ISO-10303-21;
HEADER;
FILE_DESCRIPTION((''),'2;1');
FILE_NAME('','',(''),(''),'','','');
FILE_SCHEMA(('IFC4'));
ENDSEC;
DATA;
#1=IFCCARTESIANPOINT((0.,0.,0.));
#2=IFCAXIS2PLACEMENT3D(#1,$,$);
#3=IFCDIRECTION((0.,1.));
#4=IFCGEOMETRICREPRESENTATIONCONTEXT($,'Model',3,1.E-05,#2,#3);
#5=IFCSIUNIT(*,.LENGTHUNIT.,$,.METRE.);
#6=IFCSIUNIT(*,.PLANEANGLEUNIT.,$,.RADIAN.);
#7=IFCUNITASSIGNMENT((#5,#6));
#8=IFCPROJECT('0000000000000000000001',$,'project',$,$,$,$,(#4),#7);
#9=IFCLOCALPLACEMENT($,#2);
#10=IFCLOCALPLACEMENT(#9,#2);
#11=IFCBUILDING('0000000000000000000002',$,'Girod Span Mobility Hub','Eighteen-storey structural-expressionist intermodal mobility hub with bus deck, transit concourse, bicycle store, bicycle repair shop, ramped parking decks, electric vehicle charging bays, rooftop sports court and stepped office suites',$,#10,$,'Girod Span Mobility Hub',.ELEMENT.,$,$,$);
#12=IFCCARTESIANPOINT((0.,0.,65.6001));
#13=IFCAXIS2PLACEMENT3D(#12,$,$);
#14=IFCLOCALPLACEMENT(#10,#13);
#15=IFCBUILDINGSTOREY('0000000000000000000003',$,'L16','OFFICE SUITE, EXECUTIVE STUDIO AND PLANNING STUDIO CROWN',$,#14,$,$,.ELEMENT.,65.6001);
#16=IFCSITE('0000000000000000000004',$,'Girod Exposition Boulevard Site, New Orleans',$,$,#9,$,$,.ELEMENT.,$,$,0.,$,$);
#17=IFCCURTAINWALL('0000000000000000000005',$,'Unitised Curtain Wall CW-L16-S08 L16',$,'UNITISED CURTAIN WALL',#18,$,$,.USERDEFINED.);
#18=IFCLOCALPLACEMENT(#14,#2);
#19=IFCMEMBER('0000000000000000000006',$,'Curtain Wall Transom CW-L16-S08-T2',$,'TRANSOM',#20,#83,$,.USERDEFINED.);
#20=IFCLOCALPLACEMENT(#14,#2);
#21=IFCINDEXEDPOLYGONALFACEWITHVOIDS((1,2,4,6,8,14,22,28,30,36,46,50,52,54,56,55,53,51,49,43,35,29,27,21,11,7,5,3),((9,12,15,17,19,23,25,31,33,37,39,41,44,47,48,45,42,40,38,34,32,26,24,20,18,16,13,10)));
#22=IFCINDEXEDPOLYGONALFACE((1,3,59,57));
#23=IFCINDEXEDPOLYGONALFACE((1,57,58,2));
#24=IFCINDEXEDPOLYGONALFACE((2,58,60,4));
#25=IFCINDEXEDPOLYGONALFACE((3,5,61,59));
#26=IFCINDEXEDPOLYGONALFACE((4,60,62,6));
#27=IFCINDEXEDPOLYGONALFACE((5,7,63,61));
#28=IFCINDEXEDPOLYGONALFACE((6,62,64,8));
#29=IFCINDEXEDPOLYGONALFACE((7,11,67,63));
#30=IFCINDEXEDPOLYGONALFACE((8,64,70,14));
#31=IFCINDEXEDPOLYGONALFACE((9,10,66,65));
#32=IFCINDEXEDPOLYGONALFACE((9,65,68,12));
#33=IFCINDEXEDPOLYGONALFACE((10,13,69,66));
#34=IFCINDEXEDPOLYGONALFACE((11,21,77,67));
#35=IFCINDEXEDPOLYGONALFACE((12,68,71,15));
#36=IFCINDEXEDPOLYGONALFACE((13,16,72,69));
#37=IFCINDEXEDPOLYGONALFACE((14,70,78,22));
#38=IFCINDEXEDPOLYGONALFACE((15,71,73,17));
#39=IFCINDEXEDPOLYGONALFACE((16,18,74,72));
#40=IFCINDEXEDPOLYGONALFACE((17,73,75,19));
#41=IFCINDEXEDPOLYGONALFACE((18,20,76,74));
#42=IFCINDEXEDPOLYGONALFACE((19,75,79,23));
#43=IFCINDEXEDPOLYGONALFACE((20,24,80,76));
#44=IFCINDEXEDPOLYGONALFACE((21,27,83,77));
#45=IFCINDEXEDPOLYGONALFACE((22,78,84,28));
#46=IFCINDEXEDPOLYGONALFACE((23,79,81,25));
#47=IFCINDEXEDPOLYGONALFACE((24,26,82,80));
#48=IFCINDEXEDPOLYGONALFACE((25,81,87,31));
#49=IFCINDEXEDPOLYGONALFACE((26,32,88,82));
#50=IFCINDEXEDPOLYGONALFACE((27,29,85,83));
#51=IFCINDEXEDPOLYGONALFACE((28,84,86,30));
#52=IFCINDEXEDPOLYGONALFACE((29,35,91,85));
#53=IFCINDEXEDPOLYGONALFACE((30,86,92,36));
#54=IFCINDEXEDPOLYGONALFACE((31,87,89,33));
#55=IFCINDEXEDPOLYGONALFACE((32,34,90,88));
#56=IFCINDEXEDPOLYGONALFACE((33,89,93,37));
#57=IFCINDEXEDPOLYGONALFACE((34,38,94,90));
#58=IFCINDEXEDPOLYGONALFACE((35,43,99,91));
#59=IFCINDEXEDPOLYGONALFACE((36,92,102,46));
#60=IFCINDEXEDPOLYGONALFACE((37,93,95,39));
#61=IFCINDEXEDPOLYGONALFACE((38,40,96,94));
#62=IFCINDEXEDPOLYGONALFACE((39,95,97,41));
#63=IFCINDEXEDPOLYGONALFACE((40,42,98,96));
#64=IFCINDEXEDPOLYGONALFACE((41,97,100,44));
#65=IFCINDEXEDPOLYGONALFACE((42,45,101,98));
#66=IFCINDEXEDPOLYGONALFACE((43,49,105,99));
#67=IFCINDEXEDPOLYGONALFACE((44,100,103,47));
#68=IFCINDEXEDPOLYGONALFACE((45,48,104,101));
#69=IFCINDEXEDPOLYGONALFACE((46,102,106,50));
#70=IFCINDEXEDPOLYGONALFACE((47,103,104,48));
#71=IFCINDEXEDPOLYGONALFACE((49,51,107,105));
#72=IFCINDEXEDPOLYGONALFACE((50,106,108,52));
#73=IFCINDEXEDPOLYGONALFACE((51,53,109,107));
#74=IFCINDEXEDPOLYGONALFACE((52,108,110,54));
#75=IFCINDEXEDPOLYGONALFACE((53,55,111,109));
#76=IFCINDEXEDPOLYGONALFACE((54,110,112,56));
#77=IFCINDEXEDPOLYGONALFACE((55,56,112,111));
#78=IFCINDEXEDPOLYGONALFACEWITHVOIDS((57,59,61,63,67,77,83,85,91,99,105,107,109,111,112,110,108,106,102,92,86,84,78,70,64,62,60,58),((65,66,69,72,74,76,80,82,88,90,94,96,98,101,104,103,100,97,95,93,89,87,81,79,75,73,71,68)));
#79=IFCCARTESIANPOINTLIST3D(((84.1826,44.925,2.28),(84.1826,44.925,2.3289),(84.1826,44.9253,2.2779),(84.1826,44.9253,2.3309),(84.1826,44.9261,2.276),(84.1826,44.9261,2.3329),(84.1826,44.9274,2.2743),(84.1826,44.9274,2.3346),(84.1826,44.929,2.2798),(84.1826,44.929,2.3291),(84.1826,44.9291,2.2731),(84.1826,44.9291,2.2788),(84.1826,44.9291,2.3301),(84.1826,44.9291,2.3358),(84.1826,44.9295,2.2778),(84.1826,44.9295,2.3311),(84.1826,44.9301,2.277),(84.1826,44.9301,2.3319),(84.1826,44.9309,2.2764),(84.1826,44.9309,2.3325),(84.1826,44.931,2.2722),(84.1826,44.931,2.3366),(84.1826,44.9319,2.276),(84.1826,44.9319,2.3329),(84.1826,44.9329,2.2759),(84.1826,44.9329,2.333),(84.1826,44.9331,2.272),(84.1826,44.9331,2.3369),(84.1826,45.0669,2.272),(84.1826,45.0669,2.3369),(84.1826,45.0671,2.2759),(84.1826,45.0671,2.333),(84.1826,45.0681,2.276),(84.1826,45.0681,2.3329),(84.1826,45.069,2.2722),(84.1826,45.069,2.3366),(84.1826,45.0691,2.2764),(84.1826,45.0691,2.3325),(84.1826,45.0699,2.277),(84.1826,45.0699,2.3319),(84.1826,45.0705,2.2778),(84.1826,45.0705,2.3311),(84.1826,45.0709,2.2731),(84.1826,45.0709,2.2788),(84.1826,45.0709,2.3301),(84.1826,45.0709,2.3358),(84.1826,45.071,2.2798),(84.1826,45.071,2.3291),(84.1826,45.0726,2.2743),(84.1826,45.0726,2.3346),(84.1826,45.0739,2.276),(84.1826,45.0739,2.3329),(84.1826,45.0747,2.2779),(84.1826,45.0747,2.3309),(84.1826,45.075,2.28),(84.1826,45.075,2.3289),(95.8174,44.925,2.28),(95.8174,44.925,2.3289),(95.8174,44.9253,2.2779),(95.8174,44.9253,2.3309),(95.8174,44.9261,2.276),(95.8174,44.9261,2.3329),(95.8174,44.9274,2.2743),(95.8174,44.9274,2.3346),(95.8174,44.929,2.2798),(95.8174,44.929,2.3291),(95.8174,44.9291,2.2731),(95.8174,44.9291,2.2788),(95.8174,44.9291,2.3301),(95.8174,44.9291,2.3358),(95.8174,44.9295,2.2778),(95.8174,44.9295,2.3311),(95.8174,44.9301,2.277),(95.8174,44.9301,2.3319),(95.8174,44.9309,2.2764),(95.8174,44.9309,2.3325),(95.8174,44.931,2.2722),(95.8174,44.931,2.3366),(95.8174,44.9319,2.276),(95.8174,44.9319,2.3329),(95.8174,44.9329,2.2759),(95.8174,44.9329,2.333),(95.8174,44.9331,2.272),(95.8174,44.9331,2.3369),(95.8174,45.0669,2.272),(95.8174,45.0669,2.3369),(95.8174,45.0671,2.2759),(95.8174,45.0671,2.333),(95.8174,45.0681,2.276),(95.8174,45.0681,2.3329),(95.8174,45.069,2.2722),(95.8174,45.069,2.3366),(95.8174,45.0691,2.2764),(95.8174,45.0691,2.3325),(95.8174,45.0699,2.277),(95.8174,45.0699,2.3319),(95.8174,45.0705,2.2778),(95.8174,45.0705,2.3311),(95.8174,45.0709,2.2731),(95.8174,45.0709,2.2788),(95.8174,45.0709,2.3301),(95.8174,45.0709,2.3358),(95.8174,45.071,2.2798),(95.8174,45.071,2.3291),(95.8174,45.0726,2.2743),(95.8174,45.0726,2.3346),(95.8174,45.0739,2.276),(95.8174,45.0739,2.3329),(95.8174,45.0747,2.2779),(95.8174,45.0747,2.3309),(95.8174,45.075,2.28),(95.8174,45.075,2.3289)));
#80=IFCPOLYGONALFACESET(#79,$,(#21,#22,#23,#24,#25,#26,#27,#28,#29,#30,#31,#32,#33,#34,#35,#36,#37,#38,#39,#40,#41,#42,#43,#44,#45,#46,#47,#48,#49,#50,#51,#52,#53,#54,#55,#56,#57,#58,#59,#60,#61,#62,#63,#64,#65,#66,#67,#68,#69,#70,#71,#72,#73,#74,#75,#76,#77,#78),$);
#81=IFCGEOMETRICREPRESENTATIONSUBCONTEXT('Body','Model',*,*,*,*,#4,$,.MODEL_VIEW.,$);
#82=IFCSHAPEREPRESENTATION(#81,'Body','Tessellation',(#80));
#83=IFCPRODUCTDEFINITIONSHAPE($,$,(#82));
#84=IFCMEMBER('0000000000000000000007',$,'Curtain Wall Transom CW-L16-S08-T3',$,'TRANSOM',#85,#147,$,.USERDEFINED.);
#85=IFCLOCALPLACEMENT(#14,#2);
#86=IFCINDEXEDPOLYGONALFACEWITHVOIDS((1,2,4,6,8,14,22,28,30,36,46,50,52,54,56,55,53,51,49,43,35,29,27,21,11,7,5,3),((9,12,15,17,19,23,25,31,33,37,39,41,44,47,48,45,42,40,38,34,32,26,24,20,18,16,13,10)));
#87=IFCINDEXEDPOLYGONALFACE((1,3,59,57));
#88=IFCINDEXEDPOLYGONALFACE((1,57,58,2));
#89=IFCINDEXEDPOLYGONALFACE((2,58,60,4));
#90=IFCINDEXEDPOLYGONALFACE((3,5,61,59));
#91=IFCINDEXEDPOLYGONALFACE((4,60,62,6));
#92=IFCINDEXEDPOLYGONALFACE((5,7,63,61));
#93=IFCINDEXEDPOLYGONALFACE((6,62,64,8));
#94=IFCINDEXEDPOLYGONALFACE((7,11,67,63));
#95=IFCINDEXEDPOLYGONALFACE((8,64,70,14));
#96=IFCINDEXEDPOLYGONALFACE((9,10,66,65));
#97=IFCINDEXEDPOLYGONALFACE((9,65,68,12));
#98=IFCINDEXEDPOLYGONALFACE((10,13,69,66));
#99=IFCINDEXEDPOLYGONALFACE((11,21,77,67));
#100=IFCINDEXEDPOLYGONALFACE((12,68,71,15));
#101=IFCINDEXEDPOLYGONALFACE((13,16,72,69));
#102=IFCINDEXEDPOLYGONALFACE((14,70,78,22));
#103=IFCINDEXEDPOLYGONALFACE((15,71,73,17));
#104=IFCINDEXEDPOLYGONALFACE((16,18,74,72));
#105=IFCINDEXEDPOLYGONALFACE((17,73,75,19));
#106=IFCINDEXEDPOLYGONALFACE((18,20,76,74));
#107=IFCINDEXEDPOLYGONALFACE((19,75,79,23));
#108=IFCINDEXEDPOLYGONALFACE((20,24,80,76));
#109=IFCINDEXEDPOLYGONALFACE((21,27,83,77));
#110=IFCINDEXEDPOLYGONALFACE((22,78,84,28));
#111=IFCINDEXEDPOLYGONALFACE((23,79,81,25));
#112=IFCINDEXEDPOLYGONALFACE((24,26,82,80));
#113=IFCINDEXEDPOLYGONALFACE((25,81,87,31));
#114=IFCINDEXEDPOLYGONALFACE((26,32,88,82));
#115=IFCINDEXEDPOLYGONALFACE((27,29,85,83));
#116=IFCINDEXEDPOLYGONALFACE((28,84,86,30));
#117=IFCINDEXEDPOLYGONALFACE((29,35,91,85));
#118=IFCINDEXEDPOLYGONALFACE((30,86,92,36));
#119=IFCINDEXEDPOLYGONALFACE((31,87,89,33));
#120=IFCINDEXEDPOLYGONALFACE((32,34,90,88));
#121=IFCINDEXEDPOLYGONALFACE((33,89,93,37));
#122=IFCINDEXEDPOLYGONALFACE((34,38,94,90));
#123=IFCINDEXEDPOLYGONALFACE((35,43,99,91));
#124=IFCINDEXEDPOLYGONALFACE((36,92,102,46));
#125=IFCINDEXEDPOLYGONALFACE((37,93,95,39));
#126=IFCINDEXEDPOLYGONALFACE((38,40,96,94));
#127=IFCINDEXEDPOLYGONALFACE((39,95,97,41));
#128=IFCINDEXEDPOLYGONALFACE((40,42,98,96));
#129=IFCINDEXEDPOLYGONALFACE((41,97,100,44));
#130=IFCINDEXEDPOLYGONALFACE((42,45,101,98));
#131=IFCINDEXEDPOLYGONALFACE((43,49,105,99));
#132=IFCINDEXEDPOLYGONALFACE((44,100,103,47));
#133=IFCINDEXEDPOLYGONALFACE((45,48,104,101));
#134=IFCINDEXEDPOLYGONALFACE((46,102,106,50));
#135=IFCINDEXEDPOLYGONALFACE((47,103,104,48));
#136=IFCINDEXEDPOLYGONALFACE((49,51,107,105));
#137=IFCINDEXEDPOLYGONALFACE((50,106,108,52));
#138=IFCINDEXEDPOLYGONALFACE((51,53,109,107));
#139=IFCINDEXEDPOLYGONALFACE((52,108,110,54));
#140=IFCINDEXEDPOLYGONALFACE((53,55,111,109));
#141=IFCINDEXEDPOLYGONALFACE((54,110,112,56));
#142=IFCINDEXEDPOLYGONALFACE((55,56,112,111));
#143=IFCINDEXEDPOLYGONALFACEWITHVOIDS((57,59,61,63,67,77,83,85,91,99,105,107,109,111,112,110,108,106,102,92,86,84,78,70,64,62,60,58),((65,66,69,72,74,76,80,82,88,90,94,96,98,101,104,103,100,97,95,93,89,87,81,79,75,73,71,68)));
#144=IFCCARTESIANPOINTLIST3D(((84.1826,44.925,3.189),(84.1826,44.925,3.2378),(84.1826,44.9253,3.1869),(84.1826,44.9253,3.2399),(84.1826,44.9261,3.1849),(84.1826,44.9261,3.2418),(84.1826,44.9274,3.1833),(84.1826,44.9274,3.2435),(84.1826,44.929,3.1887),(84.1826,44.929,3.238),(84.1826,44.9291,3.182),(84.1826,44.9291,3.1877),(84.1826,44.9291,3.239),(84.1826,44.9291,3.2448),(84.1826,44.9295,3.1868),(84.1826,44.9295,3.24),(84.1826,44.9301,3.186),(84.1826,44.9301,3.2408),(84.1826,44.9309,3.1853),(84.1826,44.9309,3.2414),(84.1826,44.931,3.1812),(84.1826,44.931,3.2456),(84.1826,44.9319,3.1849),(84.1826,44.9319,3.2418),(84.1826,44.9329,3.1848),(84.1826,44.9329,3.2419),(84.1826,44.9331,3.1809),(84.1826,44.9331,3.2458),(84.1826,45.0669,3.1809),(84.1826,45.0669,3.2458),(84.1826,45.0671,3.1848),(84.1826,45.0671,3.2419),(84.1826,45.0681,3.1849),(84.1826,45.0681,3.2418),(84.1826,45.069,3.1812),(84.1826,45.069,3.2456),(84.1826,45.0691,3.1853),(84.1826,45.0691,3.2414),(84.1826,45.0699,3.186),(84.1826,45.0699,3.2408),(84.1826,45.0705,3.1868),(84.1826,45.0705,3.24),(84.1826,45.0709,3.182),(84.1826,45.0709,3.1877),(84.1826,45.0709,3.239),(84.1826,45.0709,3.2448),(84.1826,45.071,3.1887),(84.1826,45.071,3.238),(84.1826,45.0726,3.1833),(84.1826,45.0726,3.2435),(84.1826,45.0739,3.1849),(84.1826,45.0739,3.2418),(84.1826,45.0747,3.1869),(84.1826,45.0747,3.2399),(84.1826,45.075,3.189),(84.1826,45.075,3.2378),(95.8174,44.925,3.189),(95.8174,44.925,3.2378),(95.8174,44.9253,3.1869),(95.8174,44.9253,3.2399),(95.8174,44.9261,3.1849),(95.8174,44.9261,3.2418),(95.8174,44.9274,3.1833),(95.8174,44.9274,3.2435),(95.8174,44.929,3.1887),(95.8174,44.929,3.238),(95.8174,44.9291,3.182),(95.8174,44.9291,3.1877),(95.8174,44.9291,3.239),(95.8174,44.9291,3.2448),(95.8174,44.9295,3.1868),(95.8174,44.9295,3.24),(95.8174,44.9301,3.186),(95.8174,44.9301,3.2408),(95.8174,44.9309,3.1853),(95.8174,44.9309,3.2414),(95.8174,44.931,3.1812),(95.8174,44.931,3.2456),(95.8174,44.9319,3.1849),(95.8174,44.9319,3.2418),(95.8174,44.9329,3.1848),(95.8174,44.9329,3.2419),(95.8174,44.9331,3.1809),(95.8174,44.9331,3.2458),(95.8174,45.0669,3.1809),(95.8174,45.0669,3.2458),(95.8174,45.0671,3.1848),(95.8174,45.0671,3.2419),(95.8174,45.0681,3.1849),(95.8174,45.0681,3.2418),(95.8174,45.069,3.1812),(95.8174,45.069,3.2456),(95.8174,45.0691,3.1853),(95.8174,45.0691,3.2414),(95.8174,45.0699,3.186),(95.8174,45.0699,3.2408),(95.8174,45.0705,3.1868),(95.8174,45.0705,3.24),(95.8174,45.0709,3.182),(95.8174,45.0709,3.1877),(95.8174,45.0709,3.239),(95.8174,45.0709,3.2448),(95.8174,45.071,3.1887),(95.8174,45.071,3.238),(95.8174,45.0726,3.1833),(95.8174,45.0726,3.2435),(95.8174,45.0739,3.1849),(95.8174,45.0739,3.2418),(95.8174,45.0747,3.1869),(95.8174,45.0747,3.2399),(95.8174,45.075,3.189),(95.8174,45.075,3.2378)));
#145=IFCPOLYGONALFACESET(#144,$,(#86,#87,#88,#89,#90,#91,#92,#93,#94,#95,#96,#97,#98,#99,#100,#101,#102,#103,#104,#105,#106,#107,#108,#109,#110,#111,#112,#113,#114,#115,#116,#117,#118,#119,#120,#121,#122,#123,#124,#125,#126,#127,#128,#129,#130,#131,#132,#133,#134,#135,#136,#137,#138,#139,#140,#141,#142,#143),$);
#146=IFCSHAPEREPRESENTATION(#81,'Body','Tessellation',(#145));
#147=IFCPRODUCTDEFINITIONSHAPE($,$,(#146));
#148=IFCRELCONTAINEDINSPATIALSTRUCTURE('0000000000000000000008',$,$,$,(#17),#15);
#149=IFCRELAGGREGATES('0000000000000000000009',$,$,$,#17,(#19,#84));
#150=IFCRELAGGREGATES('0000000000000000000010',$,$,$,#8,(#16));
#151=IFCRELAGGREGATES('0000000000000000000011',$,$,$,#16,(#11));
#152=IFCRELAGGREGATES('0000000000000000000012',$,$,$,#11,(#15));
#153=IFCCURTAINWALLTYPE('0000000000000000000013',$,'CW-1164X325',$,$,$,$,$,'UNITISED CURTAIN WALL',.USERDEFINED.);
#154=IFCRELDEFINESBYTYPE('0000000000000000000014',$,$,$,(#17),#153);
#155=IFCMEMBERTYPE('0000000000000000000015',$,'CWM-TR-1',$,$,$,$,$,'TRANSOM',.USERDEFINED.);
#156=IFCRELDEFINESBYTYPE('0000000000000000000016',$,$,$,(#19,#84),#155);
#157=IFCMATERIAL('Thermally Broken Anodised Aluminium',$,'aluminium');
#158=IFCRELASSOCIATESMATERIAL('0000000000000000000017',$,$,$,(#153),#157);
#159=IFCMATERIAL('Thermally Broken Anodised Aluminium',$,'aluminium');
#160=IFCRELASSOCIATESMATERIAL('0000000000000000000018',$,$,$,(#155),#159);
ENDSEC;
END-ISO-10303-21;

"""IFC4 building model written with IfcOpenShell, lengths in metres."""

from ifc_helpers import new_model, si_unit, direction, frame, origin, origin_2d, place, context, subcontext, project, spatial, hollow_rectangle, extrude, material, material_profile, profile_set, type_object, element, aggregate, save


model = new_model("IFC4")

# Units and contexts
model_context = context("Model", 3, precision=1e-05, world=origin(), true_north=direction((0.0, 1.0)))
body_context = subcontext(model_context, "Body", "Model", "MODEL_VIEW")
ifc_project = project(units=[si_unit("LENGTHUNIT", "METRE"), si_unit("PLANEANGLEUNIT", "RADIAN")], contexts=[model_context])

# Site, building, storey
site_placement = place(None, origin())
site = spatial("IfcSite", under=ifc_project, at=site_placement, Name="Girod Exposition Boulevard Site, New Orleans", CompositionType="ELEMENT", RefElevation=0.0)
building_placement = place(site_placement, origin())
building = spatial("IfcBuilding", under=site, at=building_placement, Name="Girod Span Mobility Hub", Description="Eighteen-storey structural-expressionist intermodal mobility hub with bus deck, transit concourse, bicycle store, bicycle repair shop, ramped parking decks, electric vehicle charging bays, rooftop sports court and stepped office suites", LongName="Girod Span Mobility Hub", CompositionType="ELEMENT")
storey_placement = place(building_placement, frame((0.0, 0.0, 65.6001)))
storey = spatial("IfcBuildingStorey", under=building, at=storey_placement, Name="L16", Description="OFFICE SUITE, EXECUTIVE STUDIO AND PLANNING STUDIO CROWN", CompositionType="ELEMENT", Elevation=65.6001)

# Shared definitions
ifc_material_1 = material(Name="Thermally Broken Anodised Aluminium", Category="aluminium")
curtain_wall_type = type_object("IfcCurtainWallType", Name="CW-1164X325", ElementType="UNITISED CURTAIN WALL", PredefinedType="USERDEFINED", material=ifc_material_1)

# Curtain wall, members
curtain_wall_1_placement = place(storey_placement, origin())
curtain_wall_1 = element("IfcCurtainWall", 1, at=curtain_wall_1_placement, inside=storey, type_object=curtain_wall_type, Name="Unitised Curtain Wall CW-L16-S08 L16", ObjectType="UNITISED CURTAIN WALL", PredefinedType="USERDEFINED")
ifc_material_2 = material(Name="Thermally Broken Anodised Aluminium", Category="aluminium")
ifc_material_profile_1 = material_profile(ifc_material_2, hollow_rectangle(XDim=0.1499, YDim=0.0649, WallThickness=0.0039, InnerFilletRadius=0.0039, OuterFilletRadius=0.0081, at=origin_2d()), Name="CW-TR-65X150")
ifc_profile_set_1 = profile_set([ifc_material_profile_1], Name="Thermally Broken Anodised Aluminium")
member_type_1 = type_object("IfcMemberType", Name="CWM-TR-1", ElementType="TRANSOM", PredefinedType="USERDEFINED", material=ifc_profile_set_1)
member_1_placement = place(storey_placement, frame((84.1826, 45.0, 2.3044), z_axis=(1.0, 0.0, 0.0), x_axis=(0.0, 1.0, 0.0)))
member_1 = element("IfcMember", 2, at=member_1_placement, type_object=member_type_1, Name="Curtain Wall Transom CW-L16-S08-T2", ObjectType="TRANSOM", PredefinedType="USERDEFINED", context=body_context, shape_type="SweptSolid", body=[
    extrude(hollow_rectangle(XDim=0.1499, YDim=0.0649, WallThickness=0.0039, InnerFilletRadius=0.0039, OuterFilletRadius=0.0081, at=origin_2d()), origin(), (0.0, 0.0, 1.0), 11.6348),
])
member_2_placement = place(storey_placement, frame((84.1826, 45.0, 3.2134), z_axis=(1.0, 0.0, 0.0), x_axis=(0.0, 1.0, 0.0)))
member_2 = element("IfcMember", 3, at=member_2_placement, type_object=member_type_1, Name="Curtain Wall Transom CW-L16-S08-T3", ObjectType="TRANSOM", PredefinedType="USERDEFINED", context=body_context, shape_type="SweptSolid", body=[
    extrude(hollow_rectangle(XDim=0.1499, YDim=0.0649, WallThickness=0.0039, InnerFilletRadius=0.0039, OuterFilletRadius=0.0081, at=origin_2d()), origin(), (0.0, 0.0, 1.0), 11.6348),
])

aggregate(curtain_wall_1, [member_1, member_2])

save(model, "model.ifc")
